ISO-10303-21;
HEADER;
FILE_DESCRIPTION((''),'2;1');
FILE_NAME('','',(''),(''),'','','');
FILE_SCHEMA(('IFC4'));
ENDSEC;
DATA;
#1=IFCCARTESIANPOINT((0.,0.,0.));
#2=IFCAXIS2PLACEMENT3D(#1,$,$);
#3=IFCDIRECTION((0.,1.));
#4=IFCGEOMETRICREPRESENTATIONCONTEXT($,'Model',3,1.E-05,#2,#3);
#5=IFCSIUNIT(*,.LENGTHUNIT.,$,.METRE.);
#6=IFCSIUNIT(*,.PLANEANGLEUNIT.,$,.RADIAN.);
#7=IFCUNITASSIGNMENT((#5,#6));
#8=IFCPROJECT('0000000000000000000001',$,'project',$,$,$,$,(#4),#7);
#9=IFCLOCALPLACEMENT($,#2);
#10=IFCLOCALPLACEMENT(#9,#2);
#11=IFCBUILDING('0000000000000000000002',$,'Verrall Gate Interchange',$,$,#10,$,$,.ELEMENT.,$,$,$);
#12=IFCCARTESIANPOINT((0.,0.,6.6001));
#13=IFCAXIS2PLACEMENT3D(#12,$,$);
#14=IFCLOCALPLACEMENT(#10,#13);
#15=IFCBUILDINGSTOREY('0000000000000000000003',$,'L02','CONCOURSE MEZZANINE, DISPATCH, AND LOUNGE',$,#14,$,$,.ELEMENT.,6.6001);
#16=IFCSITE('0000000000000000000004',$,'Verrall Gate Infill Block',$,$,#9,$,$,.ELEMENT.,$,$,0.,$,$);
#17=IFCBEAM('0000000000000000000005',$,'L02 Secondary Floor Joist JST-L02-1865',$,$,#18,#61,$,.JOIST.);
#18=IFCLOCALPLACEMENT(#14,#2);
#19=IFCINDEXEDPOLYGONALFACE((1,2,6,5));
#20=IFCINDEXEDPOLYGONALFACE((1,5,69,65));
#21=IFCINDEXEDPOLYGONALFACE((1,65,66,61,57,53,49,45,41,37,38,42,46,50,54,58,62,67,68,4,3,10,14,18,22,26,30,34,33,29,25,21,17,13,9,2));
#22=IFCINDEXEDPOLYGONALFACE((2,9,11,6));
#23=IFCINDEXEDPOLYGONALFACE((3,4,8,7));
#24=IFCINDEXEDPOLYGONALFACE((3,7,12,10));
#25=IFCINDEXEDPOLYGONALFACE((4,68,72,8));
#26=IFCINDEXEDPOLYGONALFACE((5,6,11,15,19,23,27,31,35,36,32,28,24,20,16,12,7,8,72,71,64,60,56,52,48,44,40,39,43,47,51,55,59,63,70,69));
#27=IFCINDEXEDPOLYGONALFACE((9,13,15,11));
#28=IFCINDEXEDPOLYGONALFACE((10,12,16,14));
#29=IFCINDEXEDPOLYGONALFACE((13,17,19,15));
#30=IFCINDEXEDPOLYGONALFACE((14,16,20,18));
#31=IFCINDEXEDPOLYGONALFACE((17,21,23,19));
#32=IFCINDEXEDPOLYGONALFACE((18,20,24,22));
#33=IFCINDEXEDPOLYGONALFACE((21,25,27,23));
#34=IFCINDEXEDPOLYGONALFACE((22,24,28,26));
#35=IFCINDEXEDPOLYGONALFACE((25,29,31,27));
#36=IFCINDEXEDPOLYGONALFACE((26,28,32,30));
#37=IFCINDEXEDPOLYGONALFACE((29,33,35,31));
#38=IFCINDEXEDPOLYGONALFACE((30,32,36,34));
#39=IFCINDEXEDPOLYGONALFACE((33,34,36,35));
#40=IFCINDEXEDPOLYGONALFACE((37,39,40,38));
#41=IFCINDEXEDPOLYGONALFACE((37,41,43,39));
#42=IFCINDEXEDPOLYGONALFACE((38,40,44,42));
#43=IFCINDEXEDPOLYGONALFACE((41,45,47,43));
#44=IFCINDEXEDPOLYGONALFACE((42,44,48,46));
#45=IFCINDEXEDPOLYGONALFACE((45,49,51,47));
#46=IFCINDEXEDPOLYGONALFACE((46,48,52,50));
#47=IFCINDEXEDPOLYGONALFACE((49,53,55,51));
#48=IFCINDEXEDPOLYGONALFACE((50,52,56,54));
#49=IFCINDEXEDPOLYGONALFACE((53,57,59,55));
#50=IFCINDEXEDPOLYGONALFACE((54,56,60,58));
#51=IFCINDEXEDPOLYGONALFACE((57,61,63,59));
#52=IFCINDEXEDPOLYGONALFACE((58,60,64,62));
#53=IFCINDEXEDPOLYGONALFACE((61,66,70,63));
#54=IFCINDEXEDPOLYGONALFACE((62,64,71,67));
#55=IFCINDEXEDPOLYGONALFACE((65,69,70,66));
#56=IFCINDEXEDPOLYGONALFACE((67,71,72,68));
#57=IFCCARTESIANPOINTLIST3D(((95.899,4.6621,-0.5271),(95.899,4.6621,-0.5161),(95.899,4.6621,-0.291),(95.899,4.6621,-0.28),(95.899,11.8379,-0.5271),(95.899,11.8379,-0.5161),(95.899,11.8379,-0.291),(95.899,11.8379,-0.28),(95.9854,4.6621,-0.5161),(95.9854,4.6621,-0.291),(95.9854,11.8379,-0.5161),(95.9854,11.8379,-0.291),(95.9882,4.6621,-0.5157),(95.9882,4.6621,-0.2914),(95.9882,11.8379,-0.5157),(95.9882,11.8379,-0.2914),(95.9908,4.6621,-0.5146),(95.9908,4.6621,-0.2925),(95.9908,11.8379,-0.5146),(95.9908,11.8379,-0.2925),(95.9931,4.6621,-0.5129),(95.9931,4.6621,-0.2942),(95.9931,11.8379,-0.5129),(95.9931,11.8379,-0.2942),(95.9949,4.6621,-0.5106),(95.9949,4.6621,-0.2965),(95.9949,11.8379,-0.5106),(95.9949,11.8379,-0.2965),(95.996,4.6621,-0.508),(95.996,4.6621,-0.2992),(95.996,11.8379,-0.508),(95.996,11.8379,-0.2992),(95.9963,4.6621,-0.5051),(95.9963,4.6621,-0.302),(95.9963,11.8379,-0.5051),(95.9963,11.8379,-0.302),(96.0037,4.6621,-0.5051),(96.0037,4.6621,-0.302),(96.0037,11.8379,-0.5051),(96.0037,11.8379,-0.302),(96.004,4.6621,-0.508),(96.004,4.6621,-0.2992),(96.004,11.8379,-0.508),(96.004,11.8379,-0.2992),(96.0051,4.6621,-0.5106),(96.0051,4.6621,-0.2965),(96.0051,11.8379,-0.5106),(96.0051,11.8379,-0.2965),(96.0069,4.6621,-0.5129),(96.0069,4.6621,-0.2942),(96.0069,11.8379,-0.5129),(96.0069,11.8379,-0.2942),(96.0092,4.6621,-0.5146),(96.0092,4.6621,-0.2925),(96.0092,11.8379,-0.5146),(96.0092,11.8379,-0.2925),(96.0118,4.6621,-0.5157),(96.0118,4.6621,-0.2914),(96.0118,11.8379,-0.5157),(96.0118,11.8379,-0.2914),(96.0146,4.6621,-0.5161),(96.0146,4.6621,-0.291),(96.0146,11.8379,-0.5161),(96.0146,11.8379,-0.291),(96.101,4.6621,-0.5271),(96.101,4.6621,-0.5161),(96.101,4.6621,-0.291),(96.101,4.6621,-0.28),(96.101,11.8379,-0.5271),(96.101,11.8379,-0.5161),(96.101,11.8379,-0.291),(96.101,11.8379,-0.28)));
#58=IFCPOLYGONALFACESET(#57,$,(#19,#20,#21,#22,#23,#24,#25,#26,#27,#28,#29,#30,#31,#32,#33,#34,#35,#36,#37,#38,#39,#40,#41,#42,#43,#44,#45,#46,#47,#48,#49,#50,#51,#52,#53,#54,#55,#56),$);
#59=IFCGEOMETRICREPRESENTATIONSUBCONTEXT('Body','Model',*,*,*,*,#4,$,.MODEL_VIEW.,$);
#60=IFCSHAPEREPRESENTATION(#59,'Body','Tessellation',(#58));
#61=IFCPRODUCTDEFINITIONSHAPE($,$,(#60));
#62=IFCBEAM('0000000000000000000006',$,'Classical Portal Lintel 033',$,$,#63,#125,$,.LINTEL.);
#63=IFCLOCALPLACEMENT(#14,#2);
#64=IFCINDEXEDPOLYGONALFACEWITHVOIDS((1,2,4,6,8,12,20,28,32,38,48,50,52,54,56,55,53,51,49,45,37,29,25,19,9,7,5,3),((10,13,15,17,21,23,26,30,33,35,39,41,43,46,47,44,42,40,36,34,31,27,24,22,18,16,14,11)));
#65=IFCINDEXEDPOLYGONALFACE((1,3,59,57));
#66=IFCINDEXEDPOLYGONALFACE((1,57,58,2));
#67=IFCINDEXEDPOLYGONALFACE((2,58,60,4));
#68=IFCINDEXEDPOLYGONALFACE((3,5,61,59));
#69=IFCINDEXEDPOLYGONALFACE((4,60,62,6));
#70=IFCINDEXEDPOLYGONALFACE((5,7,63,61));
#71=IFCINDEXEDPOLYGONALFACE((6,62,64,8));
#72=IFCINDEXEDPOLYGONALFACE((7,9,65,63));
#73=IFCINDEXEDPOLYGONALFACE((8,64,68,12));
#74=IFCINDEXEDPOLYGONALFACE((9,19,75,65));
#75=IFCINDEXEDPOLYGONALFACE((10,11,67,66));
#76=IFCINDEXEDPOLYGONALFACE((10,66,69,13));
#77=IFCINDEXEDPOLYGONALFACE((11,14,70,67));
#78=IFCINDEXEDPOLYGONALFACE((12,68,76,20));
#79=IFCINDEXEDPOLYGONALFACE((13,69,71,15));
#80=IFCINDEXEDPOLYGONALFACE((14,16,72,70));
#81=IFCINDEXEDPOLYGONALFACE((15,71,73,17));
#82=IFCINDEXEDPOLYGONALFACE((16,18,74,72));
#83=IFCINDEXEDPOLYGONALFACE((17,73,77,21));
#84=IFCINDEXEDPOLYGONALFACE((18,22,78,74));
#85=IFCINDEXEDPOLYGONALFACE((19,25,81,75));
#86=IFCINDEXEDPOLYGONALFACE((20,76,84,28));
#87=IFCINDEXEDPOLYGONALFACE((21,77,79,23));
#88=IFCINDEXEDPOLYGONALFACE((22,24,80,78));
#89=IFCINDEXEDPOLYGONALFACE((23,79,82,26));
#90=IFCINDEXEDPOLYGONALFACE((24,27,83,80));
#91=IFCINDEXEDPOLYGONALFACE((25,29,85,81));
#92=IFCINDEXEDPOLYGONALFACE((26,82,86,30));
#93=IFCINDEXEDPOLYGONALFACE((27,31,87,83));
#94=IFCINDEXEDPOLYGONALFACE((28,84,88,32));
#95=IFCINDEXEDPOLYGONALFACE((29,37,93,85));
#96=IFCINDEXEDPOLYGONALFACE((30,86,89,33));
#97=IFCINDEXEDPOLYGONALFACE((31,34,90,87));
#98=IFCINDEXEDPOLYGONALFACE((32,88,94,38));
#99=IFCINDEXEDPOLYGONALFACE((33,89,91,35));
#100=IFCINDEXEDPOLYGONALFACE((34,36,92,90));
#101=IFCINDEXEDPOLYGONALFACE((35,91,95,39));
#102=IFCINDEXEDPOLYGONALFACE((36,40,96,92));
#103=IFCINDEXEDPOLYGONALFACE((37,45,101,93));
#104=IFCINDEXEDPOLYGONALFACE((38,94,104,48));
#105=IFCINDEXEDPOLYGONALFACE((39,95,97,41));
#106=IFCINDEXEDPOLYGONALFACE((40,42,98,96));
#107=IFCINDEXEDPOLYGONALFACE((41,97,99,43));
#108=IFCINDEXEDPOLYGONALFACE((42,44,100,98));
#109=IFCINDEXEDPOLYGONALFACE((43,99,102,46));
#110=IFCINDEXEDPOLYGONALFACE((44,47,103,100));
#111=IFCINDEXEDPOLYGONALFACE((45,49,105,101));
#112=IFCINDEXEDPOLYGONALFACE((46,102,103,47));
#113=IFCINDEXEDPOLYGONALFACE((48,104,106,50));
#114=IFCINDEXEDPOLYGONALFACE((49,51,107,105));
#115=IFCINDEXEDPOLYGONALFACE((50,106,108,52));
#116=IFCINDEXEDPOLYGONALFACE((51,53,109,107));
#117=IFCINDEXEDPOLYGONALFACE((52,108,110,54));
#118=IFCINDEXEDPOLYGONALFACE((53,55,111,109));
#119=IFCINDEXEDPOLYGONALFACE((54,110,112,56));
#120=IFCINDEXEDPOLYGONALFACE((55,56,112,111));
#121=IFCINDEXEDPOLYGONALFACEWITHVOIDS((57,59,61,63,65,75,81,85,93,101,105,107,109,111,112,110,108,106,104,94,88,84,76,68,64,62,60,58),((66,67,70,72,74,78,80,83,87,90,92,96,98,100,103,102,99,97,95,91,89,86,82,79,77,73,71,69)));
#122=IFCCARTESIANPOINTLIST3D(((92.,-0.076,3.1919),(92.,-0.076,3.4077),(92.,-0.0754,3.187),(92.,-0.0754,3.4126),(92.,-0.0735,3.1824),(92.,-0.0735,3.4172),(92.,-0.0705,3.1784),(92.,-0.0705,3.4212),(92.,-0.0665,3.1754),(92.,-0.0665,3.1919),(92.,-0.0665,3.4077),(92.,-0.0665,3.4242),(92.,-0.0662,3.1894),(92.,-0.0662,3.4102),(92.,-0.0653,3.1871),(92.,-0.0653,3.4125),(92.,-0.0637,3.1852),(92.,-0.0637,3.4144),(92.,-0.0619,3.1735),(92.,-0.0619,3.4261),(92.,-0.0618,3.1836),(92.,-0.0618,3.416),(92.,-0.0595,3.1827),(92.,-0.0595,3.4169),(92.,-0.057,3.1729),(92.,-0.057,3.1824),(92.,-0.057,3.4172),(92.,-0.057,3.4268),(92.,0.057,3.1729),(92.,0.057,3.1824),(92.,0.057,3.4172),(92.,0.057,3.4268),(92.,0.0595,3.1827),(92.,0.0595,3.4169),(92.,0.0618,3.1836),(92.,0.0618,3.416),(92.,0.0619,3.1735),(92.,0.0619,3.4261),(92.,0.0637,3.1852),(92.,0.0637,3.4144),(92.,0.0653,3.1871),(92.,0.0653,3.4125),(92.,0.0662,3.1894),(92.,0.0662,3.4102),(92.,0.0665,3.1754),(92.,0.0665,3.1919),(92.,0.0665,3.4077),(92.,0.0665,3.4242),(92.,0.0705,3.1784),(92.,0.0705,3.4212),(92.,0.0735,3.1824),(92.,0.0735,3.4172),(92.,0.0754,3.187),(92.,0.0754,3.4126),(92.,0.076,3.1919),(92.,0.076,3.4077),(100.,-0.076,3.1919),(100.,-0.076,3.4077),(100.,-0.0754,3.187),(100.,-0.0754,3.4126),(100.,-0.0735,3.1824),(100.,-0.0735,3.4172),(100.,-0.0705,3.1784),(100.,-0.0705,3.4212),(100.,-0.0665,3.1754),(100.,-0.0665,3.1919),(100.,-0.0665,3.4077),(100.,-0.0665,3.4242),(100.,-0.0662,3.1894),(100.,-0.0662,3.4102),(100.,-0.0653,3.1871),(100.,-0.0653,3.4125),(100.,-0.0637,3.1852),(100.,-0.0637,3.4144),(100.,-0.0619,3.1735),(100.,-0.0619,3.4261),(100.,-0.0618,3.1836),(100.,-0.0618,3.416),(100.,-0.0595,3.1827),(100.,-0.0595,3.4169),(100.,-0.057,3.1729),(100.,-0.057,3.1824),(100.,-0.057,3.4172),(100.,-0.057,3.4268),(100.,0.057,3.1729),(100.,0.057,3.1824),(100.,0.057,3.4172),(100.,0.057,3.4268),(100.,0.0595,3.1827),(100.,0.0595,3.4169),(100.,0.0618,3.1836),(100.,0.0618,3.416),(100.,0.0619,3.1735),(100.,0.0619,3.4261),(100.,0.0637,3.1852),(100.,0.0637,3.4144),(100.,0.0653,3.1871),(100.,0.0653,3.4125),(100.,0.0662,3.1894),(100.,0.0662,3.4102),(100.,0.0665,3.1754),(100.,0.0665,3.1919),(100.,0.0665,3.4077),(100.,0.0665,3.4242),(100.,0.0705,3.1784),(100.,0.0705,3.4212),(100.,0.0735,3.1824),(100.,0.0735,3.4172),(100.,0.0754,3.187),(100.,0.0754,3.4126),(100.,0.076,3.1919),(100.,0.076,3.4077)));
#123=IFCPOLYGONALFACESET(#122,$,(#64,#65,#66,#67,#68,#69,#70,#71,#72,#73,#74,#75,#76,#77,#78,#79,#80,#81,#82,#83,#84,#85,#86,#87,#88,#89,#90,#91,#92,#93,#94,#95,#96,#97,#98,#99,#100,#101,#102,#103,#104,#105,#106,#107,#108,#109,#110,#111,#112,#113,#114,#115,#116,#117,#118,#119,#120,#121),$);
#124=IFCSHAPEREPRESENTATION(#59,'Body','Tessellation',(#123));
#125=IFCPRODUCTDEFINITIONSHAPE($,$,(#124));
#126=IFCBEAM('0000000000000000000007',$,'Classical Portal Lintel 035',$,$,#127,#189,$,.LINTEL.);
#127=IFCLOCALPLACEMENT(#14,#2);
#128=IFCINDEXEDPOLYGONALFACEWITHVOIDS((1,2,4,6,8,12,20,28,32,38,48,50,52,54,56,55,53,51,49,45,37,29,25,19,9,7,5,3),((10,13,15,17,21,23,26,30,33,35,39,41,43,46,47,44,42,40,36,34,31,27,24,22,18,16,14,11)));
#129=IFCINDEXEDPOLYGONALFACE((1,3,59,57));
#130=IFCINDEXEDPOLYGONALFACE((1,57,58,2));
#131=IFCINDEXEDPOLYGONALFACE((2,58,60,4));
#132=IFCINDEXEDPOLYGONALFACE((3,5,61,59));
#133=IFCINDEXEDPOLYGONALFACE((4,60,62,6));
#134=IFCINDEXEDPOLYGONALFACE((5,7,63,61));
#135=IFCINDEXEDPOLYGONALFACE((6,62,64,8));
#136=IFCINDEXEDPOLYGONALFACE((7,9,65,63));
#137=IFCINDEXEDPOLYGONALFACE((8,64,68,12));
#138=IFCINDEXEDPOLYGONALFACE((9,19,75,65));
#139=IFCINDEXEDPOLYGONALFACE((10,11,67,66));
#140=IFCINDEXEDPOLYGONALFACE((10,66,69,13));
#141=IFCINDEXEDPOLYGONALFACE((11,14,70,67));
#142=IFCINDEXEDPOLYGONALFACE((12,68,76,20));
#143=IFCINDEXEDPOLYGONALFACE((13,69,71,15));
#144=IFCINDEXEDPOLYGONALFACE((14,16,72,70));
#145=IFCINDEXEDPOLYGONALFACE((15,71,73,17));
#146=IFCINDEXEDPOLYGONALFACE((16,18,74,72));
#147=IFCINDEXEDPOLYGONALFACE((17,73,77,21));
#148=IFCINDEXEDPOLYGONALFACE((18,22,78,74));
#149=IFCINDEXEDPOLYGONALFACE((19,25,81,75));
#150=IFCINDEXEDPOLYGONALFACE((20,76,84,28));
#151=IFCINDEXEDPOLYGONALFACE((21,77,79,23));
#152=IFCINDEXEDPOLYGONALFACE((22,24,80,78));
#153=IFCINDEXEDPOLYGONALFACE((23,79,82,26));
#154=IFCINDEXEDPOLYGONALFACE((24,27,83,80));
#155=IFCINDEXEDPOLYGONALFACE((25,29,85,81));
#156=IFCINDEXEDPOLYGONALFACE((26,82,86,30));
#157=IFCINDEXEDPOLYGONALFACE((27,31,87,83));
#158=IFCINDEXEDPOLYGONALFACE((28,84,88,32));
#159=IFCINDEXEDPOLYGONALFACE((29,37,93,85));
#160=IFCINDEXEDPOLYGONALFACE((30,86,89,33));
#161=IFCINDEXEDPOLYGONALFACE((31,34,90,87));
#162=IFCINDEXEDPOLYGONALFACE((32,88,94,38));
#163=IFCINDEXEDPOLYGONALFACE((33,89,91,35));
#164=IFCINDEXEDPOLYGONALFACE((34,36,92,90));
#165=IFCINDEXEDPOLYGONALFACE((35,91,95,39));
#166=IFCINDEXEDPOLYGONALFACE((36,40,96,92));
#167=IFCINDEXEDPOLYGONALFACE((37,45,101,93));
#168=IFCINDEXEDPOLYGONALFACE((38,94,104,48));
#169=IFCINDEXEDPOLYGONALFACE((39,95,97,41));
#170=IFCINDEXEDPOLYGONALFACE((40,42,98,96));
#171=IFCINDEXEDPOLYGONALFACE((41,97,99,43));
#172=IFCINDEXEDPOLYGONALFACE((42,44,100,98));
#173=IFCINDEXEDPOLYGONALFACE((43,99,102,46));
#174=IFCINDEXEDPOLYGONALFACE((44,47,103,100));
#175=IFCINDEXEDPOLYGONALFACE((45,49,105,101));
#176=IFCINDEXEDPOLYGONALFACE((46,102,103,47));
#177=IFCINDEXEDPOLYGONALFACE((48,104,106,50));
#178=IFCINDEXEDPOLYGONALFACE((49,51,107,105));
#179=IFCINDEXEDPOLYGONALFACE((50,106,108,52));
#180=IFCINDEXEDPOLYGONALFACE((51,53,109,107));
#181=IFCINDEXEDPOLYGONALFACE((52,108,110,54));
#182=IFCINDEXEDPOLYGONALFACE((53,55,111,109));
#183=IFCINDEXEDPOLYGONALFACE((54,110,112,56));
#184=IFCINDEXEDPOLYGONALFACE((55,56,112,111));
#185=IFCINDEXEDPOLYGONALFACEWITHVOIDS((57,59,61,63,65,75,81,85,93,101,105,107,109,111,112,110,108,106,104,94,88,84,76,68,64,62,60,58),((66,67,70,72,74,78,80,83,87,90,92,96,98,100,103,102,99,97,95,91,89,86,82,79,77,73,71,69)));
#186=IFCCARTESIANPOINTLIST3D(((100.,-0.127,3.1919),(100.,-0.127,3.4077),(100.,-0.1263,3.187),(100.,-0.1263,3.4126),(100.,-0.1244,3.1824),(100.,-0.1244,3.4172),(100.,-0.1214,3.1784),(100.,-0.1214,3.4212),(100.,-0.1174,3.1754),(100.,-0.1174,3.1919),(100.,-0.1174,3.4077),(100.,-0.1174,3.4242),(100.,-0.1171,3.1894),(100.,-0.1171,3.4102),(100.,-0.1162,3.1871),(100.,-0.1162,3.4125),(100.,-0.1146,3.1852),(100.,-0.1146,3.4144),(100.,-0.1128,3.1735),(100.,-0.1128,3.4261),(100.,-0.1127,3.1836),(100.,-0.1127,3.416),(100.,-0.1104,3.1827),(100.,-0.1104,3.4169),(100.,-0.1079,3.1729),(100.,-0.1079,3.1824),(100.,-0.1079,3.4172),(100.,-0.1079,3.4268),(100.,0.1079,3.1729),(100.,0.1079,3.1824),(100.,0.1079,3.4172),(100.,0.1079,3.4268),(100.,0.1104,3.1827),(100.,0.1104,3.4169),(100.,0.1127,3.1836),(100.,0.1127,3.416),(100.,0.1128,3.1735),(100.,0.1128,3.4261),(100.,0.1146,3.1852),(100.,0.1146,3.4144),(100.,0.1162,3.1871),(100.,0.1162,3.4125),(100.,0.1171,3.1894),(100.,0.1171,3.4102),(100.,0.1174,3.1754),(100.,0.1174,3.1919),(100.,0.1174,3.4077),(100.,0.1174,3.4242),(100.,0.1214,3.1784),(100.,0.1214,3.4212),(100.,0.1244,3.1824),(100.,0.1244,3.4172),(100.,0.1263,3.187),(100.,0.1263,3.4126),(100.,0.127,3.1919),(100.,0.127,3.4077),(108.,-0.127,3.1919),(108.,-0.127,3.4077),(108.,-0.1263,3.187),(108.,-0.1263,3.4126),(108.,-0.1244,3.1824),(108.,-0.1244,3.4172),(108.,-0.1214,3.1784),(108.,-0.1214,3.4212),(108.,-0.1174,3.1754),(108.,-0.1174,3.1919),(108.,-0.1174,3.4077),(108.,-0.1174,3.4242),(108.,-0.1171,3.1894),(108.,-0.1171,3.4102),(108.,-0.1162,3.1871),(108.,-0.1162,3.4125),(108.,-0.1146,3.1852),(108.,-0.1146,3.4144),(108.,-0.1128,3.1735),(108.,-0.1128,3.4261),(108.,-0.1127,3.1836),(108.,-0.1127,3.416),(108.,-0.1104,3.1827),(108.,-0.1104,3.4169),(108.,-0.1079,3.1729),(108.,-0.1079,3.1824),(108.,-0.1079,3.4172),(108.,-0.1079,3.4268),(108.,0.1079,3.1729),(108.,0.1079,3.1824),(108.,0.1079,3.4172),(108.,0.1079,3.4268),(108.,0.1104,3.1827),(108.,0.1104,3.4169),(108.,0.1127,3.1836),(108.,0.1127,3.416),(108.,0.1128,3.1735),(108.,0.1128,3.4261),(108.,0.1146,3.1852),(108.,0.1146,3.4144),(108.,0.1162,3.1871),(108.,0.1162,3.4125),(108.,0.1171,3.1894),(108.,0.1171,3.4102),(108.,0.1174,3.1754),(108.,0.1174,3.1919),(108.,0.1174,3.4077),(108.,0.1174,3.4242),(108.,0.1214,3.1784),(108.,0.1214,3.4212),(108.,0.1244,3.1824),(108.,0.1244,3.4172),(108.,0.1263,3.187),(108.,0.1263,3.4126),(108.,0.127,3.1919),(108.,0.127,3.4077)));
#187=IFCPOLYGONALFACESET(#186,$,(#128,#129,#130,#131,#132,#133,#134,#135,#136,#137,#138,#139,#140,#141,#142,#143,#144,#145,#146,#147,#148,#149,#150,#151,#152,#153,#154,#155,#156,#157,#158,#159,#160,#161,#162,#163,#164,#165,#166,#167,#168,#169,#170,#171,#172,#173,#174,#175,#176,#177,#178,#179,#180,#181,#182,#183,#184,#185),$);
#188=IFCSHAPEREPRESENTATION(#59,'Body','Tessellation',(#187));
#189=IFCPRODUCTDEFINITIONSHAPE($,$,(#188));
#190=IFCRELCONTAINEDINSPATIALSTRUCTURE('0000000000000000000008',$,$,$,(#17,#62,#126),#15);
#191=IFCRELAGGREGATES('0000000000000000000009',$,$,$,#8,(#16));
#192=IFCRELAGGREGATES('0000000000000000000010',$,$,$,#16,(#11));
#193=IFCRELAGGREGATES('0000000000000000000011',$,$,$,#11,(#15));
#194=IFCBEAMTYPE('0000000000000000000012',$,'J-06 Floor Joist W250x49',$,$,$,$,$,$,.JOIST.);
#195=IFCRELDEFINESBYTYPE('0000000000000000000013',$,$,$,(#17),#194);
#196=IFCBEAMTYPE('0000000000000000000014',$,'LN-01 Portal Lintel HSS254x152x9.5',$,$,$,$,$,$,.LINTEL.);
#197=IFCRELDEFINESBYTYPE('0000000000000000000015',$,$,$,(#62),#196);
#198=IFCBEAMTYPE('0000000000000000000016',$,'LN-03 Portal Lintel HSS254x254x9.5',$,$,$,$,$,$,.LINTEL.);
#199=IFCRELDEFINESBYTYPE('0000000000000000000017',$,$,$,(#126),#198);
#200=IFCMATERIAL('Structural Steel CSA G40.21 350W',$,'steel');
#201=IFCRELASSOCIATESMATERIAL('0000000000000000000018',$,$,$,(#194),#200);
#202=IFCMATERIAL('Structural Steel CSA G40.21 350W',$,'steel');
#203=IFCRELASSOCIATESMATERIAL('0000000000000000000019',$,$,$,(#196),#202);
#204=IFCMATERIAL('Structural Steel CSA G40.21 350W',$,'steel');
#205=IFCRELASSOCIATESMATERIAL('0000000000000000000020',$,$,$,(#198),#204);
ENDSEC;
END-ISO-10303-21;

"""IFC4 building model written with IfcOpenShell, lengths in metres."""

from ifc_helpers import new_model, si_unit, direction, frame, origin, origin_2d, place, context, subcontext, project, spatial, hollow_rectangle, i_section, extrude, material, material_profile, profile_set, type_object, element, save


model = new_model("IFC4")

# Units and contexts
model_context = context("Model", 3, precision=1e-05, world=origin(), true_north=direction((0.0, 1.0)))
body_context = subcontext(model_context, "Body", "Model", "MODEL_VIEW")
ifc_project = project(units=[si_unit("LENGTHUNIT", "METRE"), si_unit("PLANEANGLEUNIT", "RADIAN")], contexts=[model_context])

# Site, building, storey
site_placement = place(None, origin())
site = spatial("IfcSite", under=ifc_project, at=site_placement, Name="Verrall Gate Infill Block", CompositionType="ELEMENT", RefElevation=0.0)
building_placement = place(site_placement, origin())
building = spatial("IfcBuilding", under=site, at=building_placement, Name="Verrall Gate Interchange", CompositionType="ELEMENT")
storey_placement = place(building_placement, frame((0.0, 0.0, 6.6001)))
storey = spatial("IfcBuildingStorey", under=building, at=storey_placement, Name="L02", Description="CONCOURSE MEZZANINE, DISPATCH, AND LOUNGE", CompositionType="ELEMENT", Elevation=6.6001)

# Beams
ifc_material_1 = material(Name="Structural Steel CSA G40.21 350W", Category="steel")
ifc_material_profile_1 = material_profile(ifc_material_1, i_section(OverallWidth=0.2019, OverallDepth=0.2471, WebThickness=0.0073, FlangeThickness=0.011, FilletRadius=0.011, at=origin_2d()), Name="W250x49")
ifc_profile_set_1 = profile_set([ifc_material_profile_1], Name="Structural Steel CSA G40.21 350W")
beam_type_1 = type_object("IfcBeamType", Name="J-06 Floor Joist W250x49", PredefinedType="JOIST", material=ifc_profile_set_1)
beam_1_placement = place(storey_placement, frame((96.0, 4.6621, -0.4036), z_axis=(0.0, 1.0, 0.0), x_axis=(-1.0, 0.0, 0.0)))
element("IfcBeam", 1, at=beam_1_placement, inside=storey, type_object=beam_type_1, Name="L02 Secondary Floor Joist JST-L02-1865", PredefinedType="JOIST", context=body_context, shape_type="SweptSolid", body=[
    extrude(i_section(OverallWidth=0.2019, OverallDepth=0.2471, WebThickness=0.0073, FlangeThickness=0.011, FilletRadius=0.011, at=origin_2d()), origin(), (0.0, 0.0, 1.0), 7.1758),
])
ifc_material_2 = material(Name="Structural Steel CSA G40.21 350W", Category="steel")
ifc_material_profile_2 = material_profile(ifc_material_2, hollow_rectangle(XDim=0.1521, YDim=0.2539, WallThickness=0.0095, InnerFilletRadius=0.0095, OuterFilletRadius=0.019, at=origin_2d()), Name="HSS254x152x9.5")
ifc_profile_set_2 = profile_set([ifc_material_profile_2], Name="Structural Steel CSA G40.21 350W")
beam_type_2 = type_object("IfcBeamType", Name="LN-01 Portal Lintel HSS254x152x9.5", PredefinedType="LINTEL", material=ifc_profile_set_2)
beam_2_placement = place(storey_placement, frame((92.0, 0.0, 3.2998), z_axis=(1.0, 0.0, 0.0), x_axis=(0.0, 1.0, 0.0)))
element("IfcBeam", 2, at=beam_2_placement, inside=storey, type_object=beam_type_2, Name="Classical Portal Lintel 033", PredefinedType="LINTEL", context=body_context, shape_type="SweptSolid", body=[
    extrude(hollow_rectangle(XDim=0.1521, YDim=0.2539, WallThickness=0.0095, InnerFilletRadius=0.0095, OuterFilletRadius=0.019, at=origin_2d()), origin(), (0.0, 0.0, 1.0), 8.0),
])
ifc_material_3 = material(Name="Structural Steel CSA G40.21 350W", Category="steel")
ifc_material_profile_3 = material_profile(ifc_material_3, hollow_rectangle(XDim=0.2539, YDim=0.2539, WallThickness=0.0095, InnerFilletRadius=0.0095, OuterFilletRadius=0.019, at=origin_2d()), Name="HSS254x254x9.5")
ifc_profile_set_3 = profile_set([ifc_material_profile_3], Name="Structural Steel CSA G40.21 350W")
beam_type_3 = type_object("IfcBeamType", Name="LN-03 Portal Lintel HSS254x254x9.5", PredefinedType="LINTEL", material=ifc_profile_set_3)
beam_3_placement = place(storey_placement, frame((100.0, 0.0, 3.2998), z_axis=(1.0, 0.0, 0.0), x_axis=(0.0, 1.0, 0.0)))
element("IfcBeam", 3, at=beam_3_placement, inside=storey, type_object=beam_type_3, Name="Classical Portal Lintel 035", PredefinedType="LINTEL", context=body_context, shape_type="SweptSolid", body=[
    extrude(hollow_rectangle(XDim=0.2539, YDim=0.2539, WallThickness=0.0095, InnerFilletRadius=0.0095, OuterFilletRadius=0.019, at=origin_2d()), origin(), (0.0, 0.0, 1.0), 8.0),
])

save(model, "model.ifc")
